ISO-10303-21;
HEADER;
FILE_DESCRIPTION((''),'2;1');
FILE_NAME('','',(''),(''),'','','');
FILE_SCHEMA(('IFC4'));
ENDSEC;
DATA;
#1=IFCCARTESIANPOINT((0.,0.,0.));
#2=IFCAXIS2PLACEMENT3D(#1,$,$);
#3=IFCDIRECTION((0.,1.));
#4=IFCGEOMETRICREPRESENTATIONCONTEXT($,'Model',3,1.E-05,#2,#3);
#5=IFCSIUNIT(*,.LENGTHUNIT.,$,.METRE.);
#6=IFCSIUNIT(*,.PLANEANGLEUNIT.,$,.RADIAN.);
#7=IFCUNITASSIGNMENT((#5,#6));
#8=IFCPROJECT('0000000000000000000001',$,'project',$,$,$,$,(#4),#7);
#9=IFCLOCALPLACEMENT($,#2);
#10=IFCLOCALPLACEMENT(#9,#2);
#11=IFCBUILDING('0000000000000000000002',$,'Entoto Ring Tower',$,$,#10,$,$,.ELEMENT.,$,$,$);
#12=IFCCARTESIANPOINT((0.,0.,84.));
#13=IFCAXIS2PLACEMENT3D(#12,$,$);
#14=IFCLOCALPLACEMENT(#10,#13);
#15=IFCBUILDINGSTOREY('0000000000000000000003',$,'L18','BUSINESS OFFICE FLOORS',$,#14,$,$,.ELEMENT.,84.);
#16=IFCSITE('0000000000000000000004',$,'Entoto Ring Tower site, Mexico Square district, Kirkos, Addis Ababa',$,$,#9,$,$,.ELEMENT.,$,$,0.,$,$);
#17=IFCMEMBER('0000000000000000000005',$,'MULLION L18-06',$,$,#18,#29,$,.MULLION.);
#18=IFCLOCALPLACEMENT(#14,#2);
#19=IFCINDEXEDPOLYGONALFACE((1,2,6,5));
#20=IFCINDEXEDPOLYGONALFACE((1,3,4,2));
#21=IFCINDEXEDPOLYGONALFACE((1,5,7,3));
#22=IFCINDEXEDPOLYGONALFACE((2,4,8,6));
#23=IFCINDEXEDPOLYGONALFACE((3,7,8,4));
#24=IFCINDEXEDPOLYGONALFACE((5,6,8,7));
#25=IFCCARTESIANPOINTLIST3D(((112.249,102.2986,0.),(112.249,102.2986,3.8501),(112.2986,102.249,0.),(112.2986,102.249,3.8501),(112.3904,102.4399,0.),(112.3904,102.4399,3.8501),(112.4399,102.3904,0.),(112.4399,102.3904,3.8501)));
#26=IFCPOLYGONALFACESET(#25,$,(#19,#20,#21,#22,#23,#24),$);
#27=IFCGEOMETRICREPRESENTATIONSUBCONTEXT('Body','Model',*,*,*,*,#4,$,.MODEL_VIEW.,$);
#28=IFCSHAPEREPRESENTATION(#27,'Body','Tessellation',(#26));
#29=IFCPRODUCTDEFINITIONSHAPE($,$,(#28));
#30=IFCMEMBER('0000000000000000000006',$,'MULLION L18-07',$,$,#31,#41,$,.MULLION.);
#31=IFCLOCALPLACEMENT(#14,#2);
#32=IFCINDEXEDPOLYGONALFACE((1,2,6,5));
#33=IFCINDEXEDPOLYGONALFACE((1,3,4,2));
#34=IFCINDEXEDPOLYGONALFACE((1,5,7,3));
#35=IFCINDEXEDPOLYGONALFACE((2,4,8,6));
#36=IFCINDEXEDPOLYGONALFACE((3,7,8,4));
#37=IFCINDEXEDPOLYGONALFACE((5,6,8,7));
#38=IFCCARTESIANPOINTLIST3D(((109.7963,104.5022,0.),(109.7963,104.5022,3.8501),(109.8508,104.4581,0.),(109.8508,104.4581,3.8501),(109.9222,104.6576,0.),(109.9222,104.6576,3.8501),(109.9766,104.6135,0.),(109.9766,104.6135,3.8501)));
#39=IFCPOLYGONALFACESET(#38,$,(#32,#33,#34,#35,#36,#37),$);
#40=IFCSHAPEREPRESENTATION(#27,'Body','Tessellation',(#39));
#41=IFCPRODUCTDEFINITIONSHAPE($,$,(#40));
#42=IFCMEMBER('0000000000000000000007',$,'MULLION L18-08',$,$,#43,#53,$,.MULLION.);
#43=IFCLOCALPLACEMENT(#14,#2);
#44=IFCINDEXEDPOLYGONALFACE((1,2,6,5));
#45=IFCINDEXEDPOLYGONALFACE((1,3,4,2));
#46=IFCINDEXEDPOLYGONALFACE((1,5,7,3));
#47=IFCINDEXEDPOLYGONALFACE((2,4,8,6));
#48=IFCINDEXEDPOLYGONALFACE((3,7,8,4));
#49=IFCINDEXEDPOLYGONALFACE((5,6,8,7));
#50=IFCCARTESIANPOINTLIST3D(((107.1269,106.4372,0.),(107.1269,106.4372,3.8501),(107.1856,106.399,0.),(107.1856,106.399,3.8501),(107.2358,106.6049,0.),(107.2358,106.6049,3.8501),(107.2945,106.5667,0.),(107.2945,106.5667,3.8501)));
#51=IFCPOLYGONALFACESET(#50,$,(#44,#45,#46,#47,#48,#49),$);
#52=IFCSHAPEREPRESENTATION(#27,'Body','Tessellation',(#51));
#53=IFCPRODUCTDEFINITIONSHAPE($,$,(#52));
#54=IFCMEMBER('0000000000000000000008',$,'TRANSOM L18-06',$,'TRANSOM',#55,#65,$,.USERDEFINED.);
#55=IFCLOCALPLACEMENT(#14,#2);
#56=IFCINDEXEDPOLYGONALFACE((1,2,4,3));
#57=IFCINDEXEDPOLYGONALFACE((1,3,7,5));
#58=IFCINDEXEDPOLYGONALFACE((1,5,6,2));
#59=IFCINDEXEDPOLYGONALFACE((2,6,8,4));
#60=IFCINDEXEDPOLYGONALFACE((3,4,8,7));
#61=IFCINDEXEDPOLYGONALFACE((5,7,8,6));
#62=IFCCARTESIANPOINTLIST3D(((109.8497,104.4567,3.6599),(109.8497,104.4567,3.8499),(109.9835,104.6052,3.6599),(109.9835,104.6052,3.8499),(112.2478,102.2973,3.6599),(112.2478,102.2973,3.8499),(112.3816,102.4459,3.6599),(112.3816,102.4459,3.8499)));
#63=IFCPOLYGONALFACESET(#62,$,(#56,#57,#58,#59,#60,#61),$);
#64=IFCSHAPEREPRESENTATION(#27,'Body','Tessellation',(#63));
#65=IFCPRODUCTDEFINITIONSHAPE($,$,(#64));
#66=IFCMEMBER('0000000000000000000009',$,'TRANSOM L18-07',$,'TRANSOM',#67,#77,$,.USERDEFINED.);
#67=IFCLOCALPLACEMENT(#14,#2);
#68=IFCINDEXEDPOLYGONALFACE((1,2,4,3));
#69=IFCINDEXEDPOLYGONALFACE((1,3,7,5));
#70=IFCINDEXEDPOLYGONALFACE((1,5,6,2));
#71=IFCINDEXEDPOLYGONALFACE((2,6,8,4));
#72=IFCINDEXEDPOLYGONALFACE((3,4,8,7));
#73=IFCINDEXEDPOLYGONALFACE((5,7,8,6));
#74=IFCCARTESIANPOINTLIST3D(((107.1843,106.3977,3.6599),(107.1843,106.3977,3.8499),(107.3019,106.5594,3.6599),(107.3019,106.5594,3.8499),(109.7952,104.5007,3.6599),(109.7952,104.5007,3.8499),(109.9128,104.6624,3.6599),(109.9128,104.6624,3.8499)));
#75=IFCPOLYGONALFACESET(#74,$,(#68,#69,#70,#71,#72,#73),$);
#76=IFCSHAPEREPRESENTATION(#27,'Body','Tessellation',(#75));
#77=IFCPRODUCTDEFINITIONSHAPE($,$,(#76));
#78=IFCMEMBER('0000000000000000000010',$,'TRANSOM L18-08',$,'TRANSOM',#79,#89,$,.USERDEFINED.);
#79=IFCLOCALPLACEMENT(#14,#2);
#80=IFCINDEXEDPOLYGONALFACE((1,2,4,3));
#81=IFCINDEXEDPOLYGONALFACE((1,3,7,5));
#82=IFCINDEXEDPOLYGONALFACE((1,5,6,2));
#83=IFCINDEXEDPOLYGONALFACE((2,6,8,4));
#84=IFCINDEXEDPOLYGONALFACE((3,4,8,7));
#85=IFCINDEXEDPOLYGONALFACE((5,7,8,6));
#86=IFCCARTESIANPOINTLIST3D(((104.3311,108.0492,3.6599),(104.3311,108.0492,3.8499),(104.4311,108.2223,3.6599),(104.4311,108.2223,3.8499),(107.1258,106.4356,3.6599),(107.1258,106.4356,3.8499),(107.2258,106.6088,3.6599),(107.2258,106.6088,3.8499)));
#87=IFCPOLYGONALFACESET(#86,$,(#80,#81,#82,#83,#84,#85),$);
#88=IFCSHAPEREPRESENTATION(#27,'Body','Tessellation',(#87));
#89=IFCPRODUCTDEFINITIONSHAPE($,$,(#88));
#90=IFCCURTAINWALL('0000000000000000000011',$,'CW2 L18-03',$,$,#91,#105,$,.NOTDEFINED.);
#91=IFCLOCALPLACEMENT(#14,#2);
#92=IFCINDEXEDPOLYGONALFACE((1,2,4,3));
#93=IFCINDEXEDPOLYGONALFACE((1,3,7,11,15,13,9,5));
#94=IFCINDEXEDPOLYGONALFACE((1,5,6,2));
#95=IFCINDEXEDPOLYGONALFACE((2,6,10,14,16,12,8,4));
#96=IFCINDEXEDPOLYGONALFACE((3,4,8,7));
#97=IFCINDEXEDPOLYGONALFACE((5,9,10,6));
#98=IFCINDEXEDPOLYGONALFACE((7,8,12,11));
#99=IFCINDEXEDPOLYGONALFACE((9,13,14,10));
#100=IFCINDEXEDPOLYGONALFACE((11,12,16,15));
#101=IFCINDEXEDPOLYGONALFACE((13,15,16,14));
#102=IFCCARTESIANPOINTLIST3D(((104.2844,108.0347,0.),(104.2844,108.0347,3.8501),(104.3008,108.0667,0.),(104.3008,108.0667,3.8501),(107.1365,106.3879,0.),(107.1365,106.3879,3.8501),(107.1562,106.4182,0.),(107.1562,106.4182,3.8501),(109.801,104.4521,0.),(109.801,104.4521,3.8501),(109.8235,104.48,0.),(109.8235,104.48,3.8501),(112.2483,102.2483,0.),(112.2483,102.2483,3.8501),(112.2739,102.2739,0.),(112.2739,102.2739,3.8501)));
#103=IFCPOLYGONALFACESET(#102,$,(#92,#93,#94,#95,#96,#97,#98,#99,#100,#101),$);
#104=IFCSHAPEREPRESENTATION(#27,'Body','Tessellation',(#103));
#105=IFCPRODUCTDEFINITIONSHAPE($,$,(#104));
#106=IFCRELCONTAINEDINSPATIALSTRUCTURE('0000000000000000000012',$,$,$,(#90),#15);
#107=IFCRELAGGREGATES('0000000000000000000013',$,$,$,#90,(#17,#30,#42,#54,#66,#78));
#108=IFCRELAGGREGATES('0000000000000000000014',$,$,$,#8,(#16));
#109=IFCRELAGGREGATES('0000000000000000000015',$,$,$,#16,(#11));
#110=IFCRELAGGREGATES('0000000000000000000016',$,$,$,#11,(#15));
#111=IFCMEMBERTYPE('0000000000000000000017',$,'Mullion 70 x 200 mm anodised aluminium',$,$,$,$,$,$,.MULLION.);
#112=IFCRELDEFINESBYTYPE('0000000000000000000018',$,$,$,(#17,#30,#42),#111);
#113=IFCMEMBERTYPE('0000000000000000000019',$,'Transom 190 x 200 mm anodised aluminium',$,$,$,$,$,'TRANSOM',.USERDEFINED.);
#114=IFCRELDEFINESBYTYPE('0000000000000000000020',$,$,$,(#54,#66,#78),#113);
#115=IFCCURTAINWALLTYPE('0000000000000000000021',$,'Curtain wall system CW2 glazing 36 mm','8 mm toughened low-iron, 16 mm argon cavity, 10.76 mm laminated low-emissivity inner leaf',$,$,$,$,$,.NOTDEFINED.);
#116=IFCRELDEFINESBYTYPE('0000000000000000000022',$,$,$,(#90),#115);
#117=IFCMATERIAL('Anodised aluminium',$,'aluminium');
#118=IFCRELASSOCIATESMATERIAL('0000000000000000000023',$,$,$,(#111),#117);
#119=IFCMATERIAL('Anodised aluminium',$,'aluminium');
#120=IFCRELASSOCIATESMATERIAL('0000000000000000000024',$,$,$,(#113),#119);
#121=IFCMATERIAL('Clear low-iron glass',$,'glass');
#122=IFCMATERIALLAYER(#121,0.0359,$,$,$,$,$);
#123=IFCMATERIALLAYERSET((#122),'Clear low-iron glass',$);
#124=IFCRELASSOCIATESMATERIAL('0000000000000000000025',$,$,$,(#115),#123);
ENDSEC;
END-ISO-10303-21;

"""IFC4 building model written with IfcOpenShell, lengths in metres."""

from ifc_helpers import new_model, si_unit, direction, frame, origin, origin_2d, place, context, subcontext, project, spatial, polyline, rectangle, outline, extrude, material, layer, layer_set, material_profile, profile_set, type_object, element, aggregate, save


model = new_model("IFC4")

# Units and contexts
model_context = context("Model", 3, precision=1e-05, world=origin(), true_north=direction((0.0, 1.0)))
body_context = subcontext(model_context, "Body", "Model", "MODEL_VIEW")
ifc_project = project(units=[si_unit("LENGTHUNIT", "METRE"), si_unit("PLANEANGLEUNIT", "RADIAN")], contexts=[model_context])

# Members
ifc_material_1 = material(Name="Anodised aluminium", Category="aluminium")
ifc_material_profile_1 = material_profile(ifc_material_1, rectangle(XDim=0.0701, YDim=0.2, at=origin_2d()), Name="Mullion 70 x 200 mm anodised aluminium")
ifc_profile_set_1 = profile_set([ifc_material_profile_1], Name="Anodised aluminium")
member_type_1 = type_object("IfcMemberType", Name="Mullion 70 x 200 mm anodised aluminium", PredefinedType="MULLION", material=ifc_profile_set_1)
site_placement = place(None, origin())
building_placement = place(site_placement, origin())
storey_placement = place(building_placement, frame((0.0, 0.0, 84.0)))
member_1_placement = place(storey_placement, frame((112.3445, 102.3445, 0.0), z_axis=(0.0, 0.0, 1.0), x_axis=(-0.707107, 0.707107, 0.0)))
member_1 = element("IfcMember", 1, at=member_1_placement, type_object=member_type_1, Name="MULLION L18-06", PredefinedType="MULLION", context=body_context, shape_type="SweptSolid", body=[
    extrude(rectangle(XDim=0.0701, YDim=0.2, at=origin_2d()), origin(), (0.0, 0.0, 1.0), 3.8501),
])
member_2_placement = place(storey_placement, frame((109.8865, 104.5579, 0.0), z_axis=(0.0, 0.0, 1.0), x_axis=(-0.777146, 0.62932, 0.0)))
member_2 = element("IfcMember", 2, at=member_2_placement, type_object=member_type_1, Name="MULLION L18-07", PredefinedType="MULLION", context=body_context, shape_type="SweptSolid", body=[
    extrude(rectangle(XDim=0.0701, YDim=0.2, at=origin_2d()), origin(), (0.0, 0.0, 1.0), 3.8501),
])
member_3_placement = place(storey_placement, frame((107.2107, 106.502, 0.0), z_axis=(0.0, 0.0, 1.0), x_axis=(-0.838671, 0.544639, 0.0)))
member_3 = element("IfcMember", 3, at=member_3_placement, type_object=member_type_1, Name="MULLION L18-08", PredefinedType="MULLION", context=body_context, shape_type="SweptSolid", body=[
    extrude(rectangle(XDim=0.0701, YDim=0.2, at=origin_2d()), origin(), (0.0, 0.0, 1.0), 3.8501),
])
ifc_material_2 = material(Name="Anodised aluminium", Category="aluminium")
ifc_material_profile_2 = material_profile(ifc_material_2, rectangle(XDim=0.2, YDim=0.1899, at=origin_2d()), Name="Transom 190 x 200 mm anodised aluminium")
ifc_profile_set_2 = profile_set([ifc_material_profile_2], Name="Anodised aluminium")
member_type_2 = type_object("IfcMemberType", Name="Transom 190 x 200 mm anodised aluminium", ElementType="TRANSOM", PredefinedType="USERDEFINED", material=ifc_profile_set_2)
member_4_placement = place(storey_placement, frame((112.3147, 102.3716, 3.7549), z_axis=(-0.743132, 0.669144, 0.0), x_axis=(-0.669144, -0.743132, 0.0)))
member_4 = element("IfcMember", 4, at=member_4_placement, type_object=member_type_2, Name="TRANSOM L18-06", ObjectType="TRANSOM", PredefinedType="USERDEFINED", context=body_context, shape_type="SweptSolid", body=[
    extrude(rectangle(XDim=0.2, YDim=0.1899, at=origin_2d()), origin(), (0.0, 0.0, 1.0), 3.2271),
])
member_5_placement = place(storey_placement, frame((109.854, 104.5815, 3.7549), z_axis=(-0.809004, 0.587803, 0.0), x_axis=(-0.587803, -0.809004, 0.0)))
member_5 = element("IfcMember", 5, at=member_5_placement, type_object=member_type_2, Name="TRANSOM L18-07", ObjectType="TRANSOM", PredefinedType="USERDEFINED", context=body_context, shape_type="SweptSolid", body=[
    extrude(rectangle(XDim=0.2, YDim=0.1899, at=origin_2d()), origin(), (0.0, 0.0, 1.0), 3.2273),
])
member_6_placement = place(storey_placement, frame((107.1758, 106.5222, 3.7549), z_axis=(-0.866023, 0.500004, 0.0), x_axis=(-0.500004, -0.866023, 0.0)))
member_6 = element("IfcMember", 6, at=member_6_placement, type_object=member_type_2, Name="TRANSOM L18-08", ObjectType="TRANSOM", PredefinedType="USERDEFINED", context=body_context, shape_type="SweptSolid", body=[
    extrude(rectangle(XDim=0.2, YDim=0.1899, at=origin_2d()), origin(), (0.0, 0.0, 1.0), 3.2271),
])

# Site, building, storey
site = spatial("IfcSite", under=ifc_project, at=site_placement, Name="Entoto Ring Tower site, Mexico Square district, Kirkos, Addis Ababa", CompositionType="ELEMENT", RefElevation=0.0)
building = spatial("IfcBuilding", under=site, at=building_placement, Name="Entoto Ring Tower", CompositionType="ELEMENT")
storey = spatial("IfcBuildingStorey", under=building, at=storey_placement, Name="L18", Description="BUSINESS OFFICE FLOORS", CompositionType="ELEMENT", Elevation=84.0)

# Curtain wall
ifc_material_3 = material(Name="Clear low-iron glass", Category="glass")
ifc_layer = layer(ifc_material_3, 0.0359)
ifc_layer_set = layer_set([ifc_layer], Name="Clear low-iron glass")
curtain_wall_type = type_object("IfcCurtainWallType", Name="Curtain wall system CW2 glazing 36 mm", Description="8 mm toughened low-iron, 16 mm argon cavity, 10.76 mm laminated low-emissivity inner leaf", PredefinedType="NOTDEFINED", material=ifc_layer_set)
curtain_wall_1_placement = place(storey_placement, origin())
curtain_wall_1 = element("IfcCurtainWall", 7, at=curtain_wall_1_placement, inside=storey, type_object=curtain_wall_type, Name="CW2 L18-03", PredefinedType="NOTDEFINED", context=body_context, shape_type="SweptSolid", body=[
    extrude(outline(polyline([(112.2739, 102.2739), (109.8235, 104.48), (107.1562, 106.4182), (104.3008, 108.0667), (104.2844, 108.0347), (107.1365, 106.3879), (109.801, 104.4521), (112.2483, 102.2483), (112.2739, 102.2739)])), origin(), (0.0, 0.0, 1.0), 3.8501),
])
aggregate(curtain_wall_1, [member_1, member_2, member_3, member_4, member_5, member_6])

save(model, "model.ifc")
